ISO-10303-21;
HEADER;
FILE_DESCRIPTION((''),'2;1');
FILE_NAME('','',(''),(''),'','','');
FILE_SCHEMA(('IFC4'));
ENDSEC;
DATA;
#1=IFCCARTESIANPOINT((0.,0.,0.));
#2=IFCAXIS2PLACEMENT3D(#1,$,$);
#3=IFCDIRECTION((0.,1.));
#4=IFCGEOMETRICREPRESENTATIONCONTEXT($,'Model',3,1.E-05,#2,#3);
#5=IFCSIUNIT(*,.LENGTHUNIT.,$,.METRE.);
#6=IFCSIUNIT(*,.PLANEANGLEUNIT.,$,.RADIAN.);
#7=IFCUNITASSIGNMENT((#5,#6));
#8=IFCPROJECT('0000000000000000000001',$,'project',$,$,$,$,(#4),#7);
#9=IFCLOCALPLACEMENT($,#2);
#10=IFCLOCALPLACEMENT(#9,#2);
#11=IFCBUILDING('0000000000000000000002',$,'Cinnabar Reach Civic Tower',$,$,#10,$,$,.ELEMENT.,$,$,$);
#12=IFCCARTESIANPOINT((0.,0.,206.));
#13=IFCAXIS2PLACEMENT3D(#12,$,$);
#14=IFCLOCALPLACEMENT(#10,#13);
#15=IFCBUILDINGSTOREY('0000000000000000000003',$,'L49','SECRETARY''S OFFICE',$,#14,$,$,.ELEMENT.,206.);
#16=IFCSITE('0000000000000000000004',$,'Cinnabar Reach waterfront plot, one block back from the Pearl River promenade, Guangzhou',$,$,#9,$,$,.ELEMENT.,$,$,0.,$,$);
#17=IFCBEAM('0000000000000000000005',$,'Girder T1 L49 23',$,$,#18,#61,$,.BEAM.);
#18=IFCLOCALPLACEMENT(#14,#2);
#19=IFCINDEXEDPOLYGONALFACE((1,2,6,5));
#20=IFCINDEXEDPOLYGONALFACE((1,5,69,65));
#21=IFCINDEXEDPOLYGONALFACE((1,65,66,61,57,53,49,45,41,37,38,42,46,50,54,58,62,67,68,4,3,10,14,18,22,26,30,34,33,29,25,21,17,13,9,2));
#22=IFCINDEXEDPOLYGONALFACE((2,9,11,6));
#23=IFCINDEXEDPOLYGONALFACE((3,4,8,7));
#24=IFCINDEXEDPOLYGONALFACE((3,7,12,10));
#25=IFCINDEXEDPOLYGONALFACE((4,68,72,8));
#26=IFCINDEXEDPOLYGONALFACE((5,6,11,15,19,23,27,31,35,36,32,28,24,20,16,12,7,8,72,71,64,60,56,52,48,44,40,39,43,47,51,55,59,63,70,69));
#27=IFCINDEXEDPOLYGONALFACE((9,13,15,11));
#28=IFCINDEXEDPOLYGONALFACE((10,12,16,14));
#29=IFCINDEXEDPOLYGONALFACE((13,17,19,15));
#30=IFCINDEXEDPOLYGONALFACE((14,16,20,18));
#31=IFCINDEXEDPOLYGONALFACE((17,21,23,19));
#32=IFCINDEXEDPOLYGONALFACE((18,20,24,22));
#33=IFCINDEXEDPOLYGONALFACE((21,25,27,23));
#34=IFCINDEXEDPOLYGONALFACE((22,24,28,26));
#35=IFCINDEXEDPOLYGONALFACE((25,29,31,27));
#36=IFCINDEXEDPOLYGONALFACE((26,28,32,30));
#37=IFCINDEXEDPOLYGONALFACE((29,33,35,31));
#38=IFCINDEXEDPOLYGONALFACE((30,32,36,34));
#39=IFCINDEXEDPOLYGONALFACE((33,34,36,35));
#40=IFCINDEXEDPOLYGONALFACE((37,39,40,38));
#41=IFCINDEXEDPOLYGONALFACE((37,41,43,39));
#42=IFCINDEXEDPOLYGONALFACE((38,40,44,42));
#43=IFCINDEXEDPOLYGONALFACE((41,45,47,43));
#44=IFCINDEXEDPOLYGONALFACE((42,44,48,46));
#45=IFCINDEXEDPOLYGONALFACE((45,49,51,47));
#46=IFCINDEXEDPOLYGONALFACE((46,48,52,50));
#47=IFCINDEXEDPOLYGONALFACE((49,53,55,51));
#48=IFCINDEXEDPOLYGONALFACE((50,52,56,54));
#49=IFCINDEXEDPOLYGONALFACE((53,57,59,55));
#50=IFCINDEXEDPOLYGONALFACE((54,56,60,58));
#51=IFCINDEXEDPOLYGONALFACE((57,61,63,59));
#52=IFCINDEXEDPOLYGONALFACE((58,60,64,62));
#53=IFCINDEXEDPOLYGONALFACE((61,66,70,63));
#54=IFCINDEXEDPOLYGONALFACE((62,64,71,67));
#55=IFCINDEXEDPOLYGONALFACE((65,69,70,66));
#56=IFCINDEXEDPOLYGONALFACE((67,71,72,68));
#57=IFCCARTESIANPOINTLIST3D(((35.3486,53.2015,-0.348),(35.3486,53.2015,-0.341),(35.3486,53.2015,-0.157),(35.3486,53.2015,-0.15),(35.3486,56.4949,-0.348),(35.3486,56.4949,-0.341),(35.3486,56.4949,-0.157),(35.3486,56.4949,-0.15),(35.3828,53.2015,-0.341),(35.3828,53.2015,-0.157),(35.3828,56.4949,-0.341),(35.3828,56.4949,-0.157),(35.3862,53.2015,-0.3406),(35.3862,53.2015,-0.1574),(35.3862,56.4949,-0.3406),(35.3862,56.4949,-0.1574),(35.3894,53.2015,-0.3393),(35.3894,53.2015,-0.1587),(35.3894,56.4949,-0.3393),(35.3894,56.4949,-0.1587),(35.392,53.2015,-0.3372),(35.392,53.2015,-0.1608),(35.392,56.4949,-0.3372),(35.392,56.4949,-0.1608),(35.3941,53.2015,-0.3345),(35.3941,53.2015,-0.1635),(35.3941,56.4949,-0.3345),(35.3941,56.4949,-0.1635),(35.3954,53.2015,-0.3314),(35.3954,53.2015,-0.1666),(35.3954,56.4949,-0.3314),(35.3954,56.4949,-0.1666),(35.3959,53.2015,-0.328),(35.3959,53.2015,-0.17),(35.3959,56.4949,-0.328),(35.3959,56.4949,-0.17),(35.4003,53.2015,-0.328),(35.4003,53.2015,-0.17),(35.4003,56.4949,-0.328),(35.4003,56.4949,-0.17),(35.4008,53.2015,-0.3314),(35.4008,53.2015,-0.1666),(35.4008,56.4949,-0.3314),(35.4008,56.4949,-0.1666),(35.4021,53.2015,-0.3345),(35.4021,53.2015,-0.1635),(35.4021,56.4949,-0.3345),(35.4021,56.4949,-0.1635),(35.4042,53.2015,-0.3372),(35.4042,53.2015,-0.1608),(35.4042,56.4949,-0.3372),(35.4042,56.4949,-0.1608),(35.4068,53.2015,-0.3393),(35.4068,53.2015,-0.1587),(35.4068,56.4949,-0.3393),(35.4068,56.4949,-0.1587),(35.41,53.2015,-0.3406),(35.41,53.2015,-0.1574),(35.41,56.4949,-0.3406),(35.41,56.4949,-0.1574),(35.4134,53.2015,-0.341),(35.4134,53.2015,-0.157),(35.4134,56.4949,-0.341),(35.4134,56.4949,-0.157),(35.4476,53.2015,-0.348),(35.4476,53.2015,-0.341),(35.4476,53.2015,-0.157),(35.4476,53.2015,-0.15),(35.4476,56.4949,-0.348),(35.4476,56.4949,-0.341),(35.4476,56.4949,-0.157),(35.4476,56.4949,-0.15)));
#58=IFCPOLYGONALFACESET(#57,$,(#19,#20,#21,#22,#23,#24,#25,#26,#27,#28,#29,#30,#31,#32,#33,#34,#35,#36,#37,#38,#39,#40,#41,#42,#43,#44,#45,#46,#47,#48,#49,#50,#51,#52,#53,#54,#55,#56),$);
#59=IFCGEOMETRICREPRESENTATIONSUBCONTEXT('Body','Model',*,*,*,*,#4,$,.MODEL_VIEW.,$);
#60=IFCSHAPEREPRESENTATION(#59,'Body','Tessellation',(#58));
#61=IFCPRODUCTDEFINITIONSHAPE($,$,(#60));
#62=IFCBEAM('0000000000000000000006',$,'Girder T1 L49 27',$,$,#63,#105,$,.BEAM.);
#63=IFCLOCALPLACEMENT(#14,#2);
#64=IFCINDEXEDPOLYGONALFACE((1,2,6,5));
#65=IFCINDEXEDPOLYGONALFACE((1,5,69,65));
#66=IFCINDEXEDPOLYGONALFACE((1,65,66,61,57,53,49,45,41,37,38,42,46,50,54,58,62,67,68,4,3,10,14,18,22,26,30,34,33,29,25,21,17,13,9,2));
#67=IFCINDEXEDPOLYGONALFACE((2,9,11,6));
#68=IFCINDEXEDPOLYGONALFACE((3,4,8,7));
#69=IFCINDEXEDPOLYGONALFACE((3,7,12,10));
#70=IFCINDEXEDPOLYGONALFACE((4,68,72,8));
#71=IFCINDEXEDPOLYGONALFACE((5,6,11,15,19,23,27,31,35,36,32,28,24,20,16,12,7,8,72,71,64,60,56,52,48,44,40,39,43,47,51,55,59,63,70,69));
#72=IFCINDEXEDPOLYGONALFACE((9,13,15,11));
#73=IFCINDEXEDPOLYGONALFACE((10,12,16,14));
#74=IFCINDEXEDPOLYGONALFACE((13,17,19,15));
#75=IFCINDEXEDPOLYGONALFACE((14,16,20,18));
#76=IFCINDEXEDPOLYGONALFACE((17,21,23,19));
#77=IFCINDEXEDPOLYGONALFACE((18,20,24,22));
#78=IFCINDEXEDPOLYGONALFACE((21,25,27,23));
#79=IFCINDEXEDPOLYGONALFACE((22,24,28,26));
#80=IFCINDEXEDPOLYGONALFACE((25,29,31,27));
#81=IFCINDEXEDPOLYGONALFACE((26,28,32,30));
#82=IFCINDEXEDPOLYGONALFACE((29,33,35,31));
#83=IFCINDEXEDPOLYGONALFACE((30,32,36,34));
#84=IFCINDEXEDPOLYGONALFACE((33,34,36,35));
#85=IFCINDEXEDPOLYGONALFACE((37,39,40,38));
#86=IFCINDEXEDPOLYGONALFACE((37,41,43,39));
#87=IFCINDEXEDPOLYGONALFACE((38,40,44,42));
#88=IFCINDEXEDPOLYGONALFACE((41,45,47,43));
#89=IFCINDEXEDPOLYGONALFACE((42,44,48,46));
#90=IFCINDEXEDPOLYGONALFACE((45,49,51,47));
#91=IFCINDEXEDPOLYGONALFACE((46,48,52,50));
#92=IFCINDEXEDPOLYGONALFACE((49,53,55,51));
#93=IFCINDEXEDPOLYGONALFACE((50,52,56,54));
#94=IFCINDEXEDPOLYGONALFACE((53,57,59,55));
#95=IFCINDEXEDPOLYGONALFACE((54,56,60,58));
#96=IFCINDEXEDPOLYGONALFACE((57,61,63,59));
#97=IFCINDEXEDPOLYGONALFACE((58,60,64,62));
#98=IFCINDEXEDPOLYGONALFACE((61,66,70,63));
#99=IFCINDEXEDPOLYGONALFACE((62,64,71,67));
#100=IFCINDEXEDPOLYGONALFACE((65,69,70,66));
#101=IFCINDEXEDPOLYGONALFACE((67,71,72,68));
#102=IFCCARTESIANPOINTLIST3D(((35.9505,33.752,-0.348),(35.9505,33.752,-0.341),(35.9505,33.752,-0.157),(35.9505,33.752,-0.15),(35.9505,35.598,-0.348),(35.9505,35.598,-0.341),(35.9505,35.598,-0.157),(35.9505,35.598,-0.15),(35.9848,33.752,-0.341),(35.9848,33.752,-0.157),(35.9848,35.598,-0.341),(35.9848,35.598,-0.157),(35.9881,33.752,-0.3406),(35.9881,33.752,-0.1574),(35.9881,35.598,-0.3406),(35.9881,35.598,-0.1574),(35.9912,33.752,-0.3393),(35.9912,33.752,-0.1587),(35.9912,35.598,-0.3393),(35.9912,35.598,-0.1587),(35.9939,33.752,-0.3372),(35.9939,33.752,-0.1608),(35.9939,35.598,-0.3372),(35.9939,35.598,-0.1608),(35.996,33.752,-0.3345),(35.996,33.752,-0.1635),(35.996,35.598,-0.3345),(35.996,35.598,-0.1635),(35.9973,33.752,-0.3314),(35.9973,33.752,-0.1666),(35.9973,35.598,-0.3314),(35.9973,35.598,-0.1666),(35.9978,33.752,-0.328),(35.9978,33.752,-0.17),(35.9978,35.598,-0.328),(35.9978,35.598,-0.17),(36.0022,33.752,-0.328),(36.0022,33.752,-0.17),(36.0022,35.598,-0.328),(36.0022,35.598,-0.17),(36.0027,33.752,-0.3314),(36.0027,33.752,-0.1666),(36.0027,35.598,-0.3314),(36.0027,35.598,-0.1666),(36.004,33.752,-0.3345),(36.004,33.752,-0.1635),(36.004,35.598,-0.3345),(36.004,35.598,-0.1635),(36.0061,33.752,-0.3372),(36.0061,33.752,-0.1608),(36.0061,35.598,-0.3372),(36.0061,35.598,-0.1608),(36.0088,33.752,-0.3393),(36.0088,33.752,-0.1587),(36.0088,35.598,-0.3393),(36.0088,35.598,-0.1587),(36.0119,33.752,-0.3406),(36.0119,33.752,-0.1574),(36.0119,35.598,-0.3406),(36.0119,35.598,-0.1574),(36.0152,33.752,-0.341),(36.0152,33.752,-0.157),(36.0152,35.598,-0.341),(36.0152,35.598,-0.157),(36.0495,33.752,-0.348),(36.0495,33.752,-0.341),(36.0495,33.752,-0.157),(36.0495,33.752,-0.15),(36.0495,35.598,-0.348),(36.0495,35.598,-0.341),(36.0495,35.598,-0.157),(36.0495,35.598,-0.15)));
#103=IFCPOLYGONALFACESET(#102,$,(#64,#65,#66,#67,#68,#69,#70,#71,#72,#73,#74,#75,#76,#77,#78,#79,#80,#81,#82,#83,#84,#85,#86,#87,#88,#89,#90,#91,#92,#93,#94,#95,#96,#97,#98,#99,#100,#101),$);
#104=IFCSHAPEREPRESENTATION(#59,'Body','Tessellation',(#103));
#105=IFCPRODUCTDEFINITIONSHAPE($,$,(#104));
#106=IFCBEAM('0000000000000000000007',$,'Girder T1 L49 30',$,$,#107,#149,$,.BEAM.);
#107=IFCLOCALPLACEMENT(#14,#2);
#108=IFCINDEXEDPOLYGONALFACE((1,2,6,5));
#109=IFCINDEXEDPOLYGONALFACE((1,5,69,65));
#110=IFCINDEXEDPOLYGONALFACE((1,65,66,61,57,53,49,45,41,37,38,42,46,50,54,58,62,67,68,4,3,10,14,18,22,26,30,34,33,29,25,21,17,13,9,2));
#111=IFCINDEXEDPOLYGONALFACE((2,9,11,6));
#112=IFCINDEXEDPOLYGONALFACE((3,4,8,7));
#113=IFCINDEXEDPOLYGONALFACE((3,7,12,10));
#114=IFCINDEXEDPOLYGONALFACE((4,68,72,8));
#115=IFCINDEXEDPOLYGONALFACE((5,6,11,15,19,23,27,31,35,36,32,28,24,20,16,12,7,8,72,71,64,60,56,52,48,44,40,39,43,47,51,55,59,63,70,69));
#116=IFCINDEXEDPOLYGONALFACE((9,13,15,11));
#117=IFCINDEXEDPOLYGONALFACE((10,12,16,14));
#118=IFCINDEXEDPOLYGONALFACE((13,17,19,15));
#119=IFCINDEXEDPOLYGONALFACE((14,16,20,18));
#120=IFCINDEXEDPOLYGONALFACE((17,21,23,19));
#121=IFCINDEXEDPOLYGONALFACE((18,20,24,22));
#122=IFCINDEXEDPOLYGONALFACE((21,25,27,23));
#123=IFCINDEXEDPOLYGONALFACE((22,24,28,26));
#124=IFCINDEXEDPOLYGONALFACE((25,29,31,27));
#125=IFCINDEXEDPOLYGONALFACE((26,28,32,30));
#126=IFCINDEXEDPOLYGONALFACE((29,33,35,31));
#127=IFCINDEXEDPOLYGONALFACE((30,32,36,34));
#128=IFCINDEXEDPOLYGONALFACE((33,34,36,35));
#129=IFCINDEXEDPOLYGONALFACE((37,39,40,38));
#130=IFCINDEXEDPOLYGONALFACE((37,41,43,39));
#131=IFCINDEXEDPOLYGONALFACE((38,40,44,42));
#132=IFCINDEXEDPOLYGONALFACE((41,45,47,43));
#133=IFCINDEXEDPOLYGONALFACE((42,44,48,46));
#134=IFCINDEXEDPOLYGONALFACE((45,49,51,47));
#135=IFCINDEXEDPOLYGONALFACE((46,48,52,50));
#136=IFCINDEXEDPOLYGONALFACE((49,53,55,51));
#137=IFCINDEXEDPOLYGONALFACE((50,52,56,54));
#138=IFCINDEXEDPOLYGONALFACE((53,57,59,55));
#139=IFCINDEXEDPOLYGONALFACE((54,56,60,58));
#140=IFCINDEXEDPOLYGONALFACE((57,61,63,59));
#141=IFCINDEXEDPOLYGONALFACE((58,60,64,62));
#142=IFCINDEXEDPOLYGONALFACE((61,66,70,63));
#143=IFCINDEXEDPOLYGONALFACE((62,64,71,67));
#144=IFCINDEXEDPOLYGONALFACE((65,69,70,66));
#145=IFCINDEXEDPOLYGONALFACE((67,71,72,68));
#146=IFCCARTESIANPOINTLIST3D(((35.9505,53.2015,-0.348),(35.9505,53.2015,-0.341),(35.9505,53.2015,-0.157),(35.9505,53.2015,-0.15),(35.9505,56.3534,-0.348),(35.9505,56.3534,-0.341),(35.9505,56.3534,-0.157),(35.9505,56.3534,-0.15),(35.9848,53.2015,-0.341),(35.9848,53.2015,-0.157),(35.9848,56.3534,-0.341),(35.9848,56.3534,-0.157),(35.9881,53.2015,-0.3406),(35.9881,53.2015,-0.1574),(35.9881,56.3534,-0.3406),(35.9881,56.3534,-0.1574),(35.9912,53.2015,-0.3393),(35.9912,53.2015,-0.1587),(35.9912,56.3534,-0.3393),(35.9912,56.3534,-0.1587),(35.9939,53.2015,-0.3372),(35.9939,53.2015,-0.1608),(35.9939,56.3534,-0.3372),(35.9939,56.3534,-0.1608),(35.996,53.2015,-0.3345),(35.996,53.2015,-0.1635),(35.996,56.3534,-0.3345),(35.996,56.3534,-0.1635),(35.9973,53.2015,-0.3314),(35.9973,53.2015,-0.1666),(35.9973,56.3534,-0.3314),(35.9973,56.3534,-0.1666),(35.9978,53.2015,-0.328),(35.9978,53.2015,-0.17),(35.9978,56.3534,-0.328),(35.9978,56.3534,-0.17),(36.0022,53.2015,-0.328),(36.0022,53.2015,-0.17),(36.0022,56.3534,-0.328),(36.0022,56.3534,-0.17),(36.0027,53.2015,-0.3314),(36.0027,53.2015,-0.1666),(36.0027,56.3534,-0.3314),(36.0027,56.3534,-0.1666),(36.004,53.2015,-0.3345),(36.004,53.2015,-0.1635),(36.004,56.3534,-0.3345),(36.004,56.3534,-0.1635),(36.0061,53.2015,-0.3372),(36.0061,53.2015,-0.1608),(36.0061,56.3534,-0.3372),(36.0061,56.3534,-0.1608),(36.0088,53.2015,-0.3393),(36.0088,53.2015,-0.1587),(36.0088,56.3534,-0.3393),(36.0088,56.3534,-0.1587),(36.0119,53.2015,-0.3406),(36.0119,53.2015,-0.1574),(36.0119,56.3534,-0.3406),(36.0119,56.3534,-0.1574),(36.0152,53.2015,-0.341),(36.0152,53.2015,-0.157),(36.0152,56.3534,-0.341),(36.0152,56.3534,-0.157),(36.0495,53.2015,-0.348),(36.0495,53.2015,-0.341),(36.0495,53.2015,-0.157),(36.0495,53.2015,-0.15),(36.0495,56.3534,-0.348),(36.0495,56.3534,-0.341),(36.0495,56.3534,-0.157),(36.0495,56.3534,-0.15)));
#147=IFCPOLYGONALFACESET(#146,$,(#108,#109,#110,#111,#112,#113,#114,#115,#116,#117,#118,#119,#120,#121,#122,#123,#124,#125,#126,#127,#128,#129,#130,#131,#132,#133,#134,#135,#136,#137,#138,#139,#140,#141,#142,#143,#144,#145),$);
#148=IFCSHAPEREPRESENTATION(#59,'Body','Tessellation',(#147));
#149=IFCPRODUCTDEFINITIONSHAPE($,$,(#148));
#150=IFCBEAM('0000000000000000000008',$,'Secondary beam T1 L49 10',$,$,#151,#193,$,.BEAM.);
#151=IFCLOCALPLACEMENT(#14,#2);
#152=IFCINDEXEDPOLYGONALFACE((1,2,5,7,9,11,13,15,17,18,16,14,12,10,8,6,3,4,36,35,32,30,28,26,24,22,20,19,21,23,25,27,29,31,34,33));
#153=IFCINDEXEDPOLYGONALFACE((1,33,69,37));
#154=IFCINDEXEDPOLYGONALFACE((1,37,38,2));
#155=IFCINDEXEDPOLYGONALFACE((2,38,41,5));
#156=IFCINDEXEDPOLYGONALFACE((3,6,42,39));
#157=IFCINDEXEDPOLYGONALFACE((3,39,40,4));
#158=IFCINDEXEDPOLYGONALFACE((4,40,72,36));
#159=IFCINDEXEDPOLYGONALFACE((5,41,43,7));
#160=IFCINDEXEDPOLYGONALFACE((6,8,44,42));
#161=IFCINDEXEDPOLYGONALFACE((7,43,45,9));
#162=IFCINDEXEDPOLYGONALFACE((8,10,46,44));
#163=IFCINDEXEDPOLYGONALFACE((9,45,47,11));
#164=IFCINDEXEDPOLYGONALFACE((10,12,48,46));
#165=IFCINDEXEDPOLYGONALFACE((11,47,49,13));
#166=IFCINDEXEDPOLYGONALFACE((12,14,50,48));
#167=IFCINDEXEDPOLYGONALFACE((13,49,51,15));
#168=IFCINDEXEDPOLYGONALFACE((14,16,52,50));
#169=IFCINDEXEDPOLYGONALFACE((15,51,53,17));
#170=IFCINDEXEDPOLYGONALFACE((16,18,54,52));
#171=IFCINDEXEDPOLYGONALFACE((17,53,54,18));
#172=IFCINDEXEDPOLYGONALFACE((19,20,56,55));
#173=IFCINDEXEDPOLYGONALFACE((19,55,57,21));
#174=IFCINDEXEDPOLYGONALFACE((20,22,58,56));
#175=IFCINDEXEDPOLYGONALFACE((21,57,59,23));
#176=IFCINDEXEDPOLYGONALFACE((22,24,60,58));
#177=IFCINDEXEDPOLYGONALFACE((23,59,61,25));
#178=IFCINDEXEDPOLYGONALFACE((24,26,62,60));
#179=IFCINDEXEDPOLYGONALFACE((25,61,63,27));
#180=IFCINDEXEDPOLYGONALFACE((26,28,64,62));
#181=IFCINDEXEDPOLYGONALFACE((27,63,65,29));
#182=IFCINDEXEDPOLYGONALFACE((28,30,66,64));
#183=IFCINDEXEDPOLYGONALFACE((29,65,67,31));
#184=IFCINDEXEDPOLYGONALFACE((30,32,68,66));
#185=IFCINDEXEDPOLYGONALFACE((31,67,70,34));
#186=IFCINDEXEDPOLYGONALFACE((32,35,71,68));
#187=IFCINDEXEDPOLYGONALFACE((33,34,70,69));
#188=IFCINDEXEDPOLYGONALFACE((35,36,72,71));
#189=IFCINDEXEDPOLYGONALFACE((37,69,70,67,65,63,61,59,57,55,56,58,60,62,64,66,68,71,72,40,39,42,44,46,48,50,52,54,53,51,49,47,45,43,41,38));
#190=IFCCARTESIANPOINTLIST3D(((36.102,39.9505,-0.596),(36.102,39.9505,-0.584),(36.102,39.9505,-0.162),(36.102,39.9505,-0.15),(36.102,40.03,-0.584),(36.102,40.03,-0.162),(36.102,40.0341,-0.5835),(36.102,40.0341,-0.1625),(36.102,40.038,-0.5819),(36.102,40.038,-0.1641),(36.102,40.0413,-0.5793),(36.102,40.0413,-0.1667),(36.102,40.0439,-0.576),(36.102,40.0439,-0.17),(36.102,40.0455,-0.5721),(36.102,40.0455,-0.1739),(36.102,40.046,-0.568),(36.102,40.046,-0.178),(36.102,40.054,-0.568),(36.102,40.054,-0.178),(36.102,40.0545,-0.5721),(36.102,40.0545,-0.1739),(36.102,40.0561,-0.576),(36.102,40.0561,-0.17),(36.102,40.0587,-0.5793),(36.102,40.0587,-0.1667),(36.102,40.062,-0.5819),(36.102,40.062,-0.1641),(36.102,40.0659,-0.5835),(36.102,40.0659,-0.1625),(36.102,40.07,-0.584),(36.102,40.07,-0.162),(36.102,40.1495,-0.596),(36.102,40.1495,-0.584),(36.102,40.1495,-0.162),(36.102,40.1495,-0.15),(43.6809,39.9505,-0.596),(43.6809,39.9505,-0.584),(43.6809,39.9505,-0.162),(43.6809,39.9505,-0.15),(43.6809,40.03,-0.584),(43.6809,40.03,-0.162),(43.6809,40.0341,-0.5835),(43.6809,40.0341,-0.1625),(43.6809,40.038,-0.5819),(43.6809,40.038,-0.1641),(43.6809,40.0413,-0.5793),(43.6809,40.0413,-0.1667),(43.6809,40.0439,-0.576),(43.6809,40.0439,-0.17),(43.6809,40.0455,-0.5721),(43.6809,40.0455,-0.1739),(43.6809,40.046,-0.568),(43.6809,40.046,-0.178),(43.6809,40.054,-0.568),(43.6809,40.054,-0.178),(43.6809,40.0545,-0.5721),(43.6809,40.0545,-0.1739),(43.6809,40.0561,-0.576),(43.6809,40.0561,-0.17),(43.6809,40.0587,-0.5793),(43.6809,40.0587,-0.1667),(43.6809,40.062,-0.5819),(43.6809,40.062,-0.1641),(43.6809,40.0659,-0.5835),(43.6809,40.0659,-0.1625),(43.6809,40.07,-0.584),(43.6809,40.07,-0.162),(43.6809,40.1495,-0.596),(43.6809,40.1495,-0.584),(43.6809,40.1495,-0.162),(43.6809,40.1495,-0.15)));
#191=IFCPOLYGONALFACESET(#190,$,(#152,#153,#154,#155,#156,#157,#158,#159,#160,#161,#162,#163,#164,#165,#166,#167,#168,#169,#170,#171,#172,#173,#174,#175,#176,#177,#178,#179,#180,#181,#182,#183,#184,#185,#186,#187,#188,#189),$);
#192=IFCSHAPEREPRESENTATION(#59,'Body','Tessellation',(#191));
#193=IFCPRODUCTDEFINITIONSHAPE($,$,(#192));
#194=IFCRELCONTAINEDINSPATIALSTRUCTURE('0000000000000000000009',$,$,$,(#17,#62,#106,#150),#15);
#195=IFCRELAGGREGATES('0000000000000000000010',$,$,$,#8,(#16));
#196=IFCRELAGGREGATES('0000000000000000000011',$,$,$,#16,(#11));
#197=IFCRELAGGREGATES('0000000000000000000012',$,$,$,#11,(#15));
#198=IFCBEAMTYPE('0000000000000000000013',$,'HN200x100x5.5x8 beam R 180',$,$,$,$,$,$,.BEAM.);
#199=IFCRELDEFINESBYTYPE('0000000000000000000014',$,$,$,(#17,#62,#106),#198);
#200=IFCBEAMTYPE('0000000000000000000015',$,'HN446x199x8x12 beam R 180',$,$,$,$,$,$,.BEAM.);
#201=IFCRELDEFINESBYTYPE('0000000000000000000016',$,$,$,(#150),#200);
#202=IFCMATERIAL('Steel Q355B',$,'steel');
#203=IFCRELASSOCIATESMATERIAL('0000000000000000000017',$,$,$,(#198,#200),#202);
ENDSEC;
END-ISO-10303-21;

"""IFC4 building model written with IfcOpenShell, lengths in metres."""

from ifc_helpers import new_model, si_unit, direction, frame, origin, origin_2d, place, context, subcontext, project, spatial, i_section, extrude, material, material_profile, profile_set, type_object, element, save


model = new_model("IFC4")

# Units and contexts
model_context = context("Model", 3, precision=1e-05, world=origin(), true_north=direction((0.0, 1.0)))
body_context = subcontext(model_context, "Body", "Model", "MODEL_VIEW")
ifc_project = project(units=[si_unit("LENGTHUNIT", "METRE"), si_unit("PLANEANGLEUNIT", "RADIAN")], contexts=[model_context])

# Site, building, storey
site_placement = place(None, origin())
site = spatial("IfcSite", under=ifc_project, at=site_placement, Name="Cinnabar Reach waterfront plot, one block back from the Pearl River promenade, Guangzhou", CompositionType="ELEMENT", RefElevation=0.0)
building_placement = place(site_placement, origin())
building = spatial("IfcBuilding", under=site, at=building_placement, Name="Cinnabar Reach Civic Tower", CompositionType="ELEMENT")
storey_placement = place(building_placement, frame((0.0, 0.0, 206.0)))
storey = spatial("IfcBuildingStorey", under=building, at=storey_placement, Name="L49", Description="SECRETARY'S OFFICE", CompositionType="ELEMENT", Elevation=206.0)

# Beams
ifc_material_1 = material(Name="Steel Q355B", Category="steel")
ifc_material_profile_1 = material_profile(ifc_material_1, i_section(OverallWidth=0.099, OverallDepth=0.198, WebThickness=0.0045, FlangeThickness=0.007, FilletRadius=0.013, at=origin_2d()), Name="HN200x100x5.5x8")
ifc_profile_set_1 = profile_set([ifc_material_profile_1], Name="Steel Q355B")
beam_type_1 = type_object("IfcBeamType", Name="HN200x100x5.5x8 beam R 180", PredefinedType="BEAM", material=ifc_profile_set_1)
beam_1_placement = place(storey_placement, frame((35.3981, 53.2015, -0.249), z_axis=(0.0, 1.0, 0.0), x_axis=(-1.0, 0.0, 0.0)))
element("IfcBeam", 1, at=beam_1_placement, inside=storey, type_object=beam_type_1, Name="Girder T1 L49 23", PredefinedType="BEAM", context=body_context, shape_type="SweptSolid", body=[
    extrude(i_section(OverallWidth=0.099, OverallDepth=0.198, WebThickness=0.0045, FlangeThickness=0.007, FilletRadius=0.013, at=origin_2d()), origin(), (0.0, 0.0, 1.0), 3.2934),
])
beam_2_placement = place(storey_placement, frame((36.0, 33.752, -0.249), z_axis=(0.0, 1.0, 0.0), x_axis=(-1.0, 0.0, 0.0)))
element("IfcBeam", 2, at=beam_2_placement, inside=storey, type_object=beam_type_1, Name="Girder T1 L49 27", PredefinedType="BEAM", context=body_context, shape_type="SweptSolid", body=[
    extrude(i_section(OverallWidth=0.099, OverallDepth=0.198, WebThickness=0.0045, FlangeThickness=0.007, FilletRadius=0.013, at=origin_2d()), origin(), (0.0, 0.0, 1.0), 1.846),
])
beam_3_placement = place(storey_placement, frame((36.0, 53.2015, -0.249), z_axis=(0.0, 1.0, 0.0), x_axis=(-1.0, 0.0, 0.0)))
element("IfcBeam", 3, at=beam_3_placement, inside=storey, type_object=beam_type_1, Name="Girder T1 L49 30", PredefinedType="BEAM", context=body_context, shape_type="SweptSolid", body=[
    extrude(i_section(OverallWidth=0.099, OverallDepth=0.198, WebThickness=0.0045, FlangeThickness=0.007, FilletRadius=0.013, at=origin_2d()), origin(), (0.0, 0.0, 1.0), 3.1519),
])
ifc_material_profile_2 = material_profile(ifc_material_1, i_section(OverallWidth=0.199, OverallDepth=0.446, WebThickness=0.008, FlangeThickness=0.012, FilletRadius=0.016, at=origin_2d()), Name="HN446x199x8x12")
ifc_profile_set_2 = profile_set([ifc_material_profile_2], Name="Steel Q355B")
beam_type_2 = type_object("IfcBeamType", Name="HN446x199x8x12 beam R 180", PredefinedType="BEAM", material=ifc_profile_set_2)
beam_4_placement = place(storey_placement, frame((36.102, 40.05, -0.373), z_axis=(1.0, 0.0, 0.0), x_axis=(0.0, 1.0, 0.0)))
element("IfcBeam", 4, at=beam_4_placement, inside=storey, type_object=beam_type_2, Name="Secondary beam T1 L49 10", PredefinedType="BEAM", context=body_context, shape_type="SweptSolid", body=[
    extrude(i_section(OverallWidth=0.199, OverallDepth=0.446, WebThickness=0.008, FlangeThickness=0.012, FilletRadius=0.016, at=origin_2d()), origin(), (0.0, 0.0, 1.0), 7.5789),
])

save(model, "model.ifc")
